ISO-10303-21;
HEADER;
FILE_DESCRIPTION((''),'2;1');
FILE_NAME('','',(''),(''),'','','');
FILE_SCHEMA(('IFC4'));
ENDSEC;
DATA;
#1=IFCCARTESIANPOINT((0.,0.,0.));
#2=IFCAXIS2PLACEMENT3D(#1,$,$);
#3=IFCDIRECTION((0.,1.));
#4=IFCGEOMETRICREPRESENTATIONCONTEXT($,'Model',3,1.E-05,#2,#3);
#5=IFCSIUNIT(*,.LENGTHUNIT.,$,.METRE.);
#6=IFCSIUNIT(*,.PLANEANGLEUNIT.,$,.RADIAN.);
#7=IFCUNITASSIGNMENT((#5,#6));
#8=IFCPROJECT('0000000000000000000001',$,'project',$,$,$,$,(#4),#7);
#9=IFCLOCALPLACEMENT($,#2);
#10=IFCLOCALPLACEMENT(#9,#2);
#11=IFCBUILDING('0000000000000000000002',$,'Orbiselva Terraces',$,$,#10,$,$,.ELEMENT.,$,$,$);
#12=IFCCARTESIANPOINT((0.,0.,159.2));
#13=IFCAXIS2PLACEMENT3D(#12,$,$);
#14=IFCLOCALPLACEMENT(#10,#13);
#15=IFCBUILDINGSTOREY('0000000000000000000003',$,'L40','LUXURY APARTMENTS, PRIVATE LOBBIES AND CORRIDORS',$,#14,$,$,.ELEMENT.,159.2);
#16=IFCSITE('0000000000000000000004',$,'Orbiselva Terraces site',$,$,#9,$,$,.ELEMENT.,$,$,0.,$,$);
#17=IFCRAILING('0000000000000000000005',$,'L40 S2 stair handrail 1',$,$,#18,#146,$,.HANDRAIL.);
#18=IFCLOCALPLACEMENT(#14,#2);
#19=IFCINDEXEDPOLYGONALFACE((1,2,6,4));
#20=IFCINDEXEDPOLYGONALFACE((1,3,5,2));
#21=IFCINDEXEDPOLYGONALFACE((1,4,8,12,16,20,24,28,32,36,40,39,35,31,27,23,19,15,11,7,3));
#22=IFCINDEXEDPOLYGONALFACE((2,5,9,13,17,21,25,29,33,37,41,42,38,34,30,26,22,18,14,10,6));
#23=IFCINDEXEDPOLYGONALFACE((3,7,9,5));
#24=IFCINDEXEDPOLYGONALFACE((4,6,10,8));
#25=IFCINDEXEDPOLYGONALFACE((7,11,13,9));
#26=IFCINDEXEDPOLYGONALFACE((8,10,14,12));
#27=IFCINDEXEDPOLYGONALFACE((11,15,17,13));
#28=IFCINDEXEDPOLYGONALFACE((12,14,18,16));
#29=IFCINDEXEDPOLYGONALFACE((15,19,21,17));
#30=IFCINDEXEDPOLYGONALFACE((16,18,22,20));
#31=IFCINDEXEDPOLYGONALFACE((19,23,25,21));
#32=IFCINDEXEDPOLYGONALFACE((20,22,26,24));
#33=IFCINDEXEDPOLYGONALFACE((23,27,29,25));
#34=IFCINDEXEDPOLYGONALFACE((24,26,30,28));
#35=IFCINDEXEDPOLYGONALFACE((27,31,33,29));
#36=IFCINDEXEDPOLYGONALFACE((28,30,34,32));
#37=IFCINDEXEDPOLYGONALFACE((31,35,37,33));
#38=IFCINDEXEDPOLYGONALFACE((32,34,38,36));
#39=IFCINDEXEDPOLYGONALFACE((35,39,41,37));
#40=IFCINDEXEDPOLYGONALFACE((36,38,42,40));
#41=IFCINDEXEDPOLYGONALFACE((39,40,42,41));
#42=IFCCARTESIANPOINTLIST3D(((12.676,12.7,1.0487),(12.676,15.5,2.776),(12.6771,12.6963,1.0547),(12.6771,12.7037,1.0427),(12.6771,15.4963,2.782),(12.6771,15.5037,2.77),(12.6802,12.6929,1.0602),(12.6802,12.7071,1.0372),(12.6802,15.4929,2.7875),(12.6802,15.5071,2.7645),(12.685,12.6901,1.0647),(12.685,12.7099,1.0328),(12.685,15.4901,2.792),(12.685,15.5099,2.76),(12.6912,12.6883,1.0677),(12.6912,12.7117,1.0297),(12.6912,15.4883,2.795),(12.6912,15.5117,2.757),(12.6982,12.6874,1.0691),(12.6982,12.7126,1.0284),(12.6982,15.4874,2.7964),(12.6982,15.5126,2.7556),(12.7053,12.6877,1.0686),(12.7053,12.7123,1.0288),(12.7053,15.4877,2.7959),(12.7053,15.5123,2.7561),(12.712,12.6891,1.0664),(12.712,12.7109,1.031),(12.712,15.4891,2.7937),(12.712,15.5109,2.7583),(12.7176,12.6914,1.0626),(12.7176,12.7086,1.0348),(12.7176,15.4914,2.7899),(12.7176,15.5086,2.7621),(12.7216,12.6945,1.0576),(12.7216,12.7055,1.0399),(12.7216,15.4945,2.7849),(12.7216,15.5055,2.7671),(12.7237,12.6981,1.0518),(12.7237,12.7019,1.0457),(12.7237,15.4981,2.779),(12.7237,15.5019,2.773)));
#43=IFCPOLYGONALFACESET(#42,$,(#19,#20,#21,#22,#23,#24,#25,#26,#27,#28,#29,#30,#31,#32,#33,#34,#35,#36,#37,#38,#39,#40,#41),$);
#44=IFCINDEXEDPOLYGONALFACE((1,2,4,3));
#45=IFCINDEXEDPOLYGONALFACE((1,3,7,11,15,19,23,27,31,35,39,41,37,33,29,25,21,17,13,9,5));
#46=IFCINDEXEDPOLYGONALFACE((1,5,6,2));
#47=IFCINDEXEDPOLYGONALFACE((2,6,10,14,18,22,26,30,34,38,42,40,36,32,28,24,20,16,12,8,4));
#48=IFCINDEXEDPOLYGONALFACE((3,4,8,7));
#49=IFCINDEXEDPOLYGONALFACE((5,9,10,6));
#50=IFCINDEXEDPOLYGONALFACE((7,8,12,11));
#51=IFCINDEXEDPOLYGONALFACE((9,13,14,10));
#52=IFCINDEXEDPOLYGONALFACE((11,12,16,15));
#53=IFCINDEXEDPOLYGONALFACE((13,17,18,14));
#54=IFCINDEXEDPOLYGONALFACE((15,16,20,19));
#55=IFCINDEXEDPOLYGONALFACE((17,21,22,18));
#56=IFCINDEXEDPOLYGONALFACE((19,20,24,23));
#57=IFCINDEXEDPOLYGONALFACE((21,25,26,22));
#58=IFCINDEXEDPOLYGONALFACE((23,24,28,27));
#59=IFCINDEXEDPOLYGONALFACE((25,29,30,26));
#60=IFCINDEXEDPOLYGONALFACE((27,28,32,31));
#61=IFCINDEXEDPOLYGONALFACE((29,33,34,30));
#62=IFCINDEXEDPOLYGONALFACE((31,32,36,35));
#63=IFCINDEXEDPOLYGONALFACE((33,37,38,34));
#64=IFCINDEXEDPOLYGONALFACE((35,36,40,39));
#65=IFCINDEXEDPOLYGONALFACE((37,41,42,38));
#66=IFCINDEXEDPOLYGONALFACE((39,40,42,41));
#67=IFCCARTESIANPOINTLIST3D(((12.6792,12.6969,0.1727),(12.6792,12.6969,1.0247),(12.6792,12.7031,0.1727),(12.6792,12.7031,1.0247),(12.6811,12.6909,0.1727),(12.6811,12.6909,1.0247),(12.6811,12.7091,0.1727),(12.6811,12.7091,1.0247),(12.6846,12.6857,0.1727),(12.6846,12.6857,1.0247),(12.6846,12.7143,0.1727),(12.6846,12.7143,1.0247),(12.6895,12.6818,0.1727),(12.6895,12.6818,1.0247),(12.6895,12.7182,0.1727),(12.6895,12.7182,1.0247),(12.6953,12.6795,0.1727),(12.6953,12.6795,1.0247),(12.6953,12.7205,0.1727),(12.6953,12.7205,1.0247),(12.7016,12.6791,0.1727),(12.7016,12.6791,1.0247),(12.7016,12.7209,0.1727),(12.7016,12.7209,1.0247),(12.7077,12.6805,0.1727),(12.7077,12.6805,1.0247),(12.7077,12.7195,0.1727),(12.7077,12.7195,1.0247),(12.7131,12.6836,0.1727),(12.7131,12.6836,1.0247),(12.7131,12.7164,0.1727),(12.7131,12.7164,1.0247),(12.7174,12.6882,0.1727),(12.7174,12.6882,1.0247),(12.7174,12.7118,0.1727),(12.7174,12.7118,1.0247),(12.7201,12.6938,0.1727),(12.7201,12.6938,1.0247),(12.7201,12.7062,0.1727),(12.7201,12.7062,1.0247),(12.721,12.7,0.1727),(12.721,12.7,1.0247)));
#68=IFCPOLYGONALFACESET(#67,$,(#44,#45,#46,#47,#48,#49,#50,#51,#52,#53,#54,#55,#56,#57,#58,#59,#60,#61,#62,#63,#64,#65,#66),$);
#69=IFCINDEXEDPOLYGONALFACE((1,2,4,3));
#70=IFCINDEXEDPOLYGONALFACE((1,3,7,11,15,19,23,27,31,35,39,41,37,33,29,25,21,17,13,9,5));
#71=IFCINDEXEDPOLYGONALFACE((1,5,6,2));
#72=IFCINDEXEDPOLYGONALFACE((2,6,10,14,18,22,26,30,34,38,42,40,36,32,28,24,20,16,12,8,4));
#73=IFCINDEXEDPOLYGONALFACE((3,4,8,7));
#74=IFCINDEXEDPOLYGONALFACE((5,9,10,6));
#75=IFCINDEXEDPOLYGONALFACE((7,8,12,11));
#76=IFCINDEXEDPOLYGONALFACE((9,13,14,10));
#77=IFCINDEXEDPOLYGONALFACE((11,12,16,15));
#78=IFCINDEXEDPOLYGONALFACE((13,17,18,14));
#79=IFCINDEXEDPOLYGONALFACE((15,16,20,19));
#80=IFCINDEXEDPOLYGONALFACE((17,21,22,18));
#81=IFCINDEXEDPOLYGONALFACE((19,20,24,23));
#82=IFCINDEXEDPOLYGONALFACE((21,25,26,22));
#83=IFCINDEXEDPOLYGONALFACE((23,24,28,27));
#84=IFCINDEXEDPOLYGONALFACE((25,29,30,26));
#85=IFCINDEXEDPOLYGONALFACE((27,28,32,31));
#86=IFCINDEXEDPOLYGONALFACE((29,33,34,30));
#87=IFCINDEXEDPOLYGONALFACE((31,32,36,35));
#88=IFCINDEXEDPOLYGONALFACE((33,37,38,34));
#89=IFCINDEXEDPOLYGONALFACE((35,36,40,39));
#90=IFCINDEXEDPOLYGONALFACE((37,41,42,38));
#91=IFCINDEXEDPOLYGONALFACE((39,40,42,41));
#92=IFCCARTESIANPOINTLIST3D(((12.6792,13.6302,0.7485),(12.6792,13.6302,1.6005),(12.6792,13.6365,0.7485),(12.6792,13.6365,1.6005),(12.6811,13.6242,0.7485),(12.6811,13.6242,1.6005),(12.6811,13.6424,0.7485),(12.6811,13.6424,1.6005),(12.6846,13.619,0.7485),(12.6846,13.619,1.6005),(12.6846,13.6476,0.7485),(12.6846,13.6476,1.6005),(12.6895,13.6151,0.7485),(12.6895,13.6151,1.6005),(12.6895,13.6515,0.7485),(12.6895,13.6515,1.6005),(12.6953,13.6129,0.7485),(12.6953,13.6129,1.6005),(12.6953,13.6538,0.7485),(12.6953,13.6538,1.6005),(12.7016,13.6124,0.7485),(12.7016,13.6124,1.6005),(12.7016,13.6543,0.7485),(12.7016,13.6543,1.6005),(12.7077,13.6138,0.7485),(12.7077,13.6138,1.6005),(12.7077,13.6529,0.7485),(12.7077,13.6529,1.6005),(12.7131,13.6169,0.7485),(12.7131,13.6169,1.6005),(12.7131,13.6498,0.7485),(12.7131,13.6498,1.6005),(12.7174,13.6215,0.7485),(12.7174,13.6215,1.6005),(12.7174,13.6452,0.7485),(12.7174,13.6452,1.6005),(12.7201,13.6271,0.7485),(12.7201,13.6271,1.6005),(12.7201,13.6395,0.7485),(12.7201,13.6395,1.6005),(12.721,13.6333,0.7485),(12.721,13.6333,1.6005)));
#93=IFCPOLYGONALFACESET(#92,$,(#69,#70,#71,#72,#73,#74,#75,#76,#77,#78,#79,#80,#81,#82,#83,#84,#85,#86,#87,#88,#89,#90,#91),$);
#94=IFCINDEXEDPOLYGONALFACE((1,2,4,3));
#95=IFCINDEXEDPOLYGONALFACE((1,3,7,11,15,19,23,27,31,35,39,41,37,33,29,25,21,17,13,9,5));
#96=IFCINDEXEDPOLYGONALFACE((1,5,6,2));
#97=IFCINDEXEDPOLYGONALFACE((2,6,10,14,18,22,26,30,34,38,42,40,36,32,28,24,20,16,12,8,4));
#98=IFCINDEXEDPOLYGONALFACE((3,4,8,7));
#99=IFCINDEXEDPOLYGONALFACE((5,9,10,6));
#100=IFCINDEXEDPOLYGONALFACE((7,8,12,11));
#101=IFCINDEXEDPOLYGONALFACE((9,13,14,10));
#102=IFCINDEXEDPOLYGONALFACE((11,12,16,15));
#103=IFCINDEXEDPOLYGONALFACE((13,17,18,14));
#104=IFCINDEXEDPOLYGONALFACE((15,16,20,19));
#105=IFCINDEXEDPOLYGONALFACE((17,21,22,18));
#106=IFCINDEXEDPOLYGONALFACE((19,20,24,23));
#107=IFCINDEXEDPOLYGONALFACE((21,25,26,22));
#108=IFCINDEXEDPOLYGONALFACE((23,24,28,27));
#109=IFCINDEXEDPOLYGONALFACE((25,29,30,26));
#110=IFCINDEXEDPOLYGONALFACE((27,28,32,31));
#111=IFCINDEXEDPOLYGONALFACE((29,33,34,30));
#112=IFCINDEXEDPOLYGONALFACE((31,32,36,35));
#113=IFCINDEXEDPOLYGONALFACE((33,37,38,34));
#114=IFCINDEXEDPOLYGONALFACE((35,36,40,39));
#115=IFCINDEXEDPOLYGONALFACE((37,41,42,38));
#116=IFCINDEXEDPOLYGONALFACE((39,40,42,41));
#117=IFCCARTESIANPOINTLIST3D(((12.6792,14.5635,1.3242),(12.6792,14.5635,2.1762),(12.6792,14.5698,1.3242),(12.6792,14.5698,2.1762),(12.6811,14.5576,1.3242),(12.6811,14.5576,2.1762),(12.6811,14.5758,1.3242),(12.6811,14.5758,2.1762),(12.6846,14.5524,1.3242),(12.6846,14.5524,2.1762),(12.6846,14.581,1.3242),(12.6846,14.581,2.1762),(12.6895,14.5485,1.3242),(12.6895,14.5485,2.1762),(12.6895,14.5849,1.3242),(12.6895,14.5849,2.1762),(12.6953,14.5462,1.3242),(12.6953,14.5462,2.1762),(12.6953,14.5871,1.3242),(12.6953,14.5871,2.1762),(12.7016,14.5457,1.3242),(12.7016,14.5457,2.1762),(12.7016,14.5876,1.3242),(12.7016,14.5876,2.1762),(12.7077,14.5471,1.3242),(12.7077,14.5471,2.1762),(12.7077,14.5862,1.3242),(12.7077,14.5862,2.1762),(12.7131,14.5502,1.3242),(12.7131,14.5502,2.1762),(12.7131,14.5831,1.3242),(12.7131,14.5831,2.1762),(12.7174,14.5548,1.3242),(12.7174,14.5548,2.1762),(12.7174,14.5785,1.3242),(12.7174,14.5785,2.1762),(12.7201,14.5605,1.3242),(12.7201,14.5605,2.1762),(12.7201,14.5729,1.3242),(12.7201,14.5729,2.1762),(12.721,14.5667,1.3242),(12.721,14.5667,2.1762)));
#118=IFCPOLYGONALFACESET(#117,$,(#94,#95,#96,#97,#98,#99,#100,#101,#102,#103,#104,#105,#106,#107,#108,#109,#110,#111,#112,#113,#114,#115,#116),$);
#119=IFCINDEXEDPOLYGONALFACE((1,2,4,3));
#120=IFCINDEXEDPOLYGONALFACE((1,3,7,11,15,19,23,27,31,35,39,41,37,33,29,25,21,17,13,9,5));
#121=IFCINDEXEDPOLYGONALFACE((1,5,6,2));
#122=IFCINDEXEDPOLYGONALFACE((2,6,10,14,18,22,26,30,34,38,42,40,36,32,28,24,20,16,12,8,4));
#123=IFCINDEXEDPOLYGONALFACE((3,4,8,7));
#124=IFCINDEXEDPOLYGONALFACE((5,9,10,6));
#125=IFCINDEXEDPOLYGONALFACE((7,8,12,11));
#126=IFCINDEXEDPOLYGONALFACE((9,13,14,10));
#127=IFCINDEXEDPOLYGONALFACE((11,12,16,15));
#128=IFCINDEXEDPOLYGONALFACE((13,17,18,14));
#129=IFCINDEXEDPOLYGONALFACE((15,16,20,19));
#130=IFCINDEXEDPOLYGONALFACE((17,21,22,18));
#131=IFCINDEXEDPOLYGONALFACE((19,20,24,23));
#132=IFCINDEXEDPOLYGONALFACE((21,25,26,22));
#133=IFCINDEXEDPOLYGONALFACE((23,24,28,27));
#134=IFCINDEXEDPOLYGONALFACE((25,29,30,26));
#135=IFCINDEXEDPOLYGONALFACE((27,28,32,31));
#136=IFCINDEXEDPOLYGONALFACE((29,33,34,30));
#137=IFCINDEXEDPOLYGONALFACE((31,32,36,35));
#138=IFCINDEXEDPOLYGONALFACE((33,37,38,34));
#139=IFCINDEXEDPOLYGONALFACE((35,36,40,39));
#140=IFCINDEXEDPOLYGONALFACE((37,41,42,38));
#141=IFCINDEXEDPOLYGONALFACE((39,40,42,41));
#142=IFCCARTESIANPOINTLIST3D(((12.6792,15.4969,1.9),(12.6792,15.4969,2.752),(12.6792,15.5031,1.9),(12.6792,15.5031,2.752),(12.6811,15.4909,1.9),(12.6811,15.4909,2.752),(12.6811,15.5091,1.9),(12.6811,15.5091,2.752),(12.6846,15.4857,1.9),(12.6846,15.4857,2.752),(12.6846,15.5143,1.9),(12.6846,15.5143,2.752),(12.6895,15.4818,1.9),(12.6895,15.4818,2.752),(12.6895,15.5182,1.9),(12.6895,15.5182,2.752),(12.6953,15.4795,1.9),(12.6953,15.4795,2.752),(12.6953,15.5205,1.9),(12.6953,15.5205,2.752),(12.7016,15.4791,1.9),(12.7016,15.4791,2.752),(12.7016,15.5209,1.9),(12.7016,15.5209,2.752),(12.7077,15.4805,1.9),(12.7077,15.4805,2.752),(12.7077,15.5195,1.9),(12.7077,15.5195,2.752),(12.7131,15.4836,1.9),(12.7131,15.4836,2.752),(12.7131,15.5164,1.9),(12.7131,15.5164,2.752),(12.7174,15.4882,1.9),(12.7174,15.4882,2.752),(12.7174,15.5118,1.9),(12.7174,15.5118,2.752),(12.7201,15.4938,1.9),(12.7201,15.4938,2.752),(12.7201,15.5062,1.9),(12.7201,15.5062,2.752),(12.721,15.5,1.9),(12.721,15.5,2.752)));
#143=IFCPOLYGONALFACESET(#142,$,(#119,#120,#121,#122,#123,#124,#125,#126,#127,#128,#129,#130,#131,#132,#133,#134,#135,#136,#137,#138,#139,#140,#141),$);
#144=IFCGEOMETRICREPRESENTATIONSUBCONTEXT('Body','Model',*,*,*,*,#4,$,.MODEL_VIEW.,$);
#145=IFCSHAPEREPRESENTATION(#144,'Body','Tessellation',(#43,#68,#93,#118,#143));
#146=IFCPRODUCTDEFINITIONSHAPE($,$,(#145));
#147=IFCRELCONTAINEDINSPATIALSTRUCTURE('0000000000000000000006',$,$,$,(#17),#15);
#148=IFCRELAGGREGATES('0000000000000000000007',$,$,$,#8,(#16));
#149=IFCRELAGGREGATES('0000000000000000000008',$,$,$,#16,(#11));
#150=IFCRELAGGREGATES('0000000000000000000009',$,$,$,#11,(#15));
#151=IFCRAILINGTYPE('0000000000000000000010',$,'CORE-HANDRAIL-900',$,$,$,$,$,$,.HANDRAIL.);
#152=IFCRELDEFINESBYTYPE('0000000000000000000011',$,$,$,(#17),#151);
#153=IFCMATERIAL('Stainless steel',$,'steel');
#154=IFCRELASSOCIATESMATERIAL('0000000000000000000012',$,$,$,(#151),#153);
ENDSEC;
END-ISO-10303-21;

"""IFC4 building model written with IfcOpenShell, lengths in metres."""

from ifc_helpers import new_model, si_unit, direction, frame, origin, origin_2d, place, context, subcontext, project, spatial, circle, extrude, material, type_object, element, save


model = new_model("IFC4")

# Units and contexts
model_context = context("Model", 3, precision=1e-05, world=origin(), true_north=direction((0.0, 1.0)))
body_context = subcontext(model_context, "Body", "Model", "MODEL_VIEW")
ifc_project = project(units=[si_unit("LENGTHUNIT", "METRE"), si_unit("PLANEANGLEUNIT", "RADIAN")], contexts=[model_context])

# Site, building, storey
site_placement = place(None, origin())
site = spatial("IfcSite", under=ifc_project, at=site_placement, Name="Orbiselva Terraces site", CompositionType="ELEMENT", RefElevation=0.0)
building_placement = place(site_placement, origin())
building = spatial("IfcBuilding", under=site, at=building_placement, Name="Orbiselva Terraces", CompositionType="ELEMENT")
storey_placement = place(building_placement, frame((0.0, 0.0, 159.2)))
storey = spatial("IfcBuildingStorey", under=building, at=storey_placement, Name="L40", Description="LUXURY APARTMENTS, PRIVATE LOBBIES AND CORRIDORS", CompositionType="ELEMENT", Elevation=159.2)

# Railing
ifc_material_1 = material(Name="Stainless steel", Category="steel")
railing_type_1 = type_object("IfcRailingType", Name="CORE-HANDRAIL-900", PredefinedType="HANDRAIL", material=ifc_material_1)
railing_1_placement = place(storey_placement, frame((12.7, 12.7, 0.1727)))
element("IfcRailing", 1, at=railing_1_placement, inside=storey, type_object=railing_type_1, Name="L40 S2 stair handrail 1", PredefinedType="HANDRAIL", context=body_context, shape_type="SweptSolid", body=[
    extrude(circle(Radius=0.024, at=origin_2d()), frame((0.0, 0.0, 0.876), z_axis=(0.0, 0.851089, 0.525022), x_axis=(-1.0, 0.0, 0.0)), (0.0, 0.0, 1.0), 3.2899),
    extrude(circle(Radius=0.021, at=origin_2d()), origin(), (0.0, 0.0, 1.0), 0.852),
    extrude(circle(Radius=0.021, at=origin_2d()), frame((0.0, 0.9333, 0.5758)), (0.0, 0.0, 1.0), 0.852),
    extrude(circle(Radius=0.021, at=origin_2d()), frame((0.0, 1.8667, 1.1515)), (0.0, 0.0, 1.0), 0.852),
    extrude(circle(Radius=0.021, at=origin_2d()), frame((0.0, 2.8, 1.7273)), (0.0, 0.0, 1.0), 0.852),
])

save(model, "model.ifc")
